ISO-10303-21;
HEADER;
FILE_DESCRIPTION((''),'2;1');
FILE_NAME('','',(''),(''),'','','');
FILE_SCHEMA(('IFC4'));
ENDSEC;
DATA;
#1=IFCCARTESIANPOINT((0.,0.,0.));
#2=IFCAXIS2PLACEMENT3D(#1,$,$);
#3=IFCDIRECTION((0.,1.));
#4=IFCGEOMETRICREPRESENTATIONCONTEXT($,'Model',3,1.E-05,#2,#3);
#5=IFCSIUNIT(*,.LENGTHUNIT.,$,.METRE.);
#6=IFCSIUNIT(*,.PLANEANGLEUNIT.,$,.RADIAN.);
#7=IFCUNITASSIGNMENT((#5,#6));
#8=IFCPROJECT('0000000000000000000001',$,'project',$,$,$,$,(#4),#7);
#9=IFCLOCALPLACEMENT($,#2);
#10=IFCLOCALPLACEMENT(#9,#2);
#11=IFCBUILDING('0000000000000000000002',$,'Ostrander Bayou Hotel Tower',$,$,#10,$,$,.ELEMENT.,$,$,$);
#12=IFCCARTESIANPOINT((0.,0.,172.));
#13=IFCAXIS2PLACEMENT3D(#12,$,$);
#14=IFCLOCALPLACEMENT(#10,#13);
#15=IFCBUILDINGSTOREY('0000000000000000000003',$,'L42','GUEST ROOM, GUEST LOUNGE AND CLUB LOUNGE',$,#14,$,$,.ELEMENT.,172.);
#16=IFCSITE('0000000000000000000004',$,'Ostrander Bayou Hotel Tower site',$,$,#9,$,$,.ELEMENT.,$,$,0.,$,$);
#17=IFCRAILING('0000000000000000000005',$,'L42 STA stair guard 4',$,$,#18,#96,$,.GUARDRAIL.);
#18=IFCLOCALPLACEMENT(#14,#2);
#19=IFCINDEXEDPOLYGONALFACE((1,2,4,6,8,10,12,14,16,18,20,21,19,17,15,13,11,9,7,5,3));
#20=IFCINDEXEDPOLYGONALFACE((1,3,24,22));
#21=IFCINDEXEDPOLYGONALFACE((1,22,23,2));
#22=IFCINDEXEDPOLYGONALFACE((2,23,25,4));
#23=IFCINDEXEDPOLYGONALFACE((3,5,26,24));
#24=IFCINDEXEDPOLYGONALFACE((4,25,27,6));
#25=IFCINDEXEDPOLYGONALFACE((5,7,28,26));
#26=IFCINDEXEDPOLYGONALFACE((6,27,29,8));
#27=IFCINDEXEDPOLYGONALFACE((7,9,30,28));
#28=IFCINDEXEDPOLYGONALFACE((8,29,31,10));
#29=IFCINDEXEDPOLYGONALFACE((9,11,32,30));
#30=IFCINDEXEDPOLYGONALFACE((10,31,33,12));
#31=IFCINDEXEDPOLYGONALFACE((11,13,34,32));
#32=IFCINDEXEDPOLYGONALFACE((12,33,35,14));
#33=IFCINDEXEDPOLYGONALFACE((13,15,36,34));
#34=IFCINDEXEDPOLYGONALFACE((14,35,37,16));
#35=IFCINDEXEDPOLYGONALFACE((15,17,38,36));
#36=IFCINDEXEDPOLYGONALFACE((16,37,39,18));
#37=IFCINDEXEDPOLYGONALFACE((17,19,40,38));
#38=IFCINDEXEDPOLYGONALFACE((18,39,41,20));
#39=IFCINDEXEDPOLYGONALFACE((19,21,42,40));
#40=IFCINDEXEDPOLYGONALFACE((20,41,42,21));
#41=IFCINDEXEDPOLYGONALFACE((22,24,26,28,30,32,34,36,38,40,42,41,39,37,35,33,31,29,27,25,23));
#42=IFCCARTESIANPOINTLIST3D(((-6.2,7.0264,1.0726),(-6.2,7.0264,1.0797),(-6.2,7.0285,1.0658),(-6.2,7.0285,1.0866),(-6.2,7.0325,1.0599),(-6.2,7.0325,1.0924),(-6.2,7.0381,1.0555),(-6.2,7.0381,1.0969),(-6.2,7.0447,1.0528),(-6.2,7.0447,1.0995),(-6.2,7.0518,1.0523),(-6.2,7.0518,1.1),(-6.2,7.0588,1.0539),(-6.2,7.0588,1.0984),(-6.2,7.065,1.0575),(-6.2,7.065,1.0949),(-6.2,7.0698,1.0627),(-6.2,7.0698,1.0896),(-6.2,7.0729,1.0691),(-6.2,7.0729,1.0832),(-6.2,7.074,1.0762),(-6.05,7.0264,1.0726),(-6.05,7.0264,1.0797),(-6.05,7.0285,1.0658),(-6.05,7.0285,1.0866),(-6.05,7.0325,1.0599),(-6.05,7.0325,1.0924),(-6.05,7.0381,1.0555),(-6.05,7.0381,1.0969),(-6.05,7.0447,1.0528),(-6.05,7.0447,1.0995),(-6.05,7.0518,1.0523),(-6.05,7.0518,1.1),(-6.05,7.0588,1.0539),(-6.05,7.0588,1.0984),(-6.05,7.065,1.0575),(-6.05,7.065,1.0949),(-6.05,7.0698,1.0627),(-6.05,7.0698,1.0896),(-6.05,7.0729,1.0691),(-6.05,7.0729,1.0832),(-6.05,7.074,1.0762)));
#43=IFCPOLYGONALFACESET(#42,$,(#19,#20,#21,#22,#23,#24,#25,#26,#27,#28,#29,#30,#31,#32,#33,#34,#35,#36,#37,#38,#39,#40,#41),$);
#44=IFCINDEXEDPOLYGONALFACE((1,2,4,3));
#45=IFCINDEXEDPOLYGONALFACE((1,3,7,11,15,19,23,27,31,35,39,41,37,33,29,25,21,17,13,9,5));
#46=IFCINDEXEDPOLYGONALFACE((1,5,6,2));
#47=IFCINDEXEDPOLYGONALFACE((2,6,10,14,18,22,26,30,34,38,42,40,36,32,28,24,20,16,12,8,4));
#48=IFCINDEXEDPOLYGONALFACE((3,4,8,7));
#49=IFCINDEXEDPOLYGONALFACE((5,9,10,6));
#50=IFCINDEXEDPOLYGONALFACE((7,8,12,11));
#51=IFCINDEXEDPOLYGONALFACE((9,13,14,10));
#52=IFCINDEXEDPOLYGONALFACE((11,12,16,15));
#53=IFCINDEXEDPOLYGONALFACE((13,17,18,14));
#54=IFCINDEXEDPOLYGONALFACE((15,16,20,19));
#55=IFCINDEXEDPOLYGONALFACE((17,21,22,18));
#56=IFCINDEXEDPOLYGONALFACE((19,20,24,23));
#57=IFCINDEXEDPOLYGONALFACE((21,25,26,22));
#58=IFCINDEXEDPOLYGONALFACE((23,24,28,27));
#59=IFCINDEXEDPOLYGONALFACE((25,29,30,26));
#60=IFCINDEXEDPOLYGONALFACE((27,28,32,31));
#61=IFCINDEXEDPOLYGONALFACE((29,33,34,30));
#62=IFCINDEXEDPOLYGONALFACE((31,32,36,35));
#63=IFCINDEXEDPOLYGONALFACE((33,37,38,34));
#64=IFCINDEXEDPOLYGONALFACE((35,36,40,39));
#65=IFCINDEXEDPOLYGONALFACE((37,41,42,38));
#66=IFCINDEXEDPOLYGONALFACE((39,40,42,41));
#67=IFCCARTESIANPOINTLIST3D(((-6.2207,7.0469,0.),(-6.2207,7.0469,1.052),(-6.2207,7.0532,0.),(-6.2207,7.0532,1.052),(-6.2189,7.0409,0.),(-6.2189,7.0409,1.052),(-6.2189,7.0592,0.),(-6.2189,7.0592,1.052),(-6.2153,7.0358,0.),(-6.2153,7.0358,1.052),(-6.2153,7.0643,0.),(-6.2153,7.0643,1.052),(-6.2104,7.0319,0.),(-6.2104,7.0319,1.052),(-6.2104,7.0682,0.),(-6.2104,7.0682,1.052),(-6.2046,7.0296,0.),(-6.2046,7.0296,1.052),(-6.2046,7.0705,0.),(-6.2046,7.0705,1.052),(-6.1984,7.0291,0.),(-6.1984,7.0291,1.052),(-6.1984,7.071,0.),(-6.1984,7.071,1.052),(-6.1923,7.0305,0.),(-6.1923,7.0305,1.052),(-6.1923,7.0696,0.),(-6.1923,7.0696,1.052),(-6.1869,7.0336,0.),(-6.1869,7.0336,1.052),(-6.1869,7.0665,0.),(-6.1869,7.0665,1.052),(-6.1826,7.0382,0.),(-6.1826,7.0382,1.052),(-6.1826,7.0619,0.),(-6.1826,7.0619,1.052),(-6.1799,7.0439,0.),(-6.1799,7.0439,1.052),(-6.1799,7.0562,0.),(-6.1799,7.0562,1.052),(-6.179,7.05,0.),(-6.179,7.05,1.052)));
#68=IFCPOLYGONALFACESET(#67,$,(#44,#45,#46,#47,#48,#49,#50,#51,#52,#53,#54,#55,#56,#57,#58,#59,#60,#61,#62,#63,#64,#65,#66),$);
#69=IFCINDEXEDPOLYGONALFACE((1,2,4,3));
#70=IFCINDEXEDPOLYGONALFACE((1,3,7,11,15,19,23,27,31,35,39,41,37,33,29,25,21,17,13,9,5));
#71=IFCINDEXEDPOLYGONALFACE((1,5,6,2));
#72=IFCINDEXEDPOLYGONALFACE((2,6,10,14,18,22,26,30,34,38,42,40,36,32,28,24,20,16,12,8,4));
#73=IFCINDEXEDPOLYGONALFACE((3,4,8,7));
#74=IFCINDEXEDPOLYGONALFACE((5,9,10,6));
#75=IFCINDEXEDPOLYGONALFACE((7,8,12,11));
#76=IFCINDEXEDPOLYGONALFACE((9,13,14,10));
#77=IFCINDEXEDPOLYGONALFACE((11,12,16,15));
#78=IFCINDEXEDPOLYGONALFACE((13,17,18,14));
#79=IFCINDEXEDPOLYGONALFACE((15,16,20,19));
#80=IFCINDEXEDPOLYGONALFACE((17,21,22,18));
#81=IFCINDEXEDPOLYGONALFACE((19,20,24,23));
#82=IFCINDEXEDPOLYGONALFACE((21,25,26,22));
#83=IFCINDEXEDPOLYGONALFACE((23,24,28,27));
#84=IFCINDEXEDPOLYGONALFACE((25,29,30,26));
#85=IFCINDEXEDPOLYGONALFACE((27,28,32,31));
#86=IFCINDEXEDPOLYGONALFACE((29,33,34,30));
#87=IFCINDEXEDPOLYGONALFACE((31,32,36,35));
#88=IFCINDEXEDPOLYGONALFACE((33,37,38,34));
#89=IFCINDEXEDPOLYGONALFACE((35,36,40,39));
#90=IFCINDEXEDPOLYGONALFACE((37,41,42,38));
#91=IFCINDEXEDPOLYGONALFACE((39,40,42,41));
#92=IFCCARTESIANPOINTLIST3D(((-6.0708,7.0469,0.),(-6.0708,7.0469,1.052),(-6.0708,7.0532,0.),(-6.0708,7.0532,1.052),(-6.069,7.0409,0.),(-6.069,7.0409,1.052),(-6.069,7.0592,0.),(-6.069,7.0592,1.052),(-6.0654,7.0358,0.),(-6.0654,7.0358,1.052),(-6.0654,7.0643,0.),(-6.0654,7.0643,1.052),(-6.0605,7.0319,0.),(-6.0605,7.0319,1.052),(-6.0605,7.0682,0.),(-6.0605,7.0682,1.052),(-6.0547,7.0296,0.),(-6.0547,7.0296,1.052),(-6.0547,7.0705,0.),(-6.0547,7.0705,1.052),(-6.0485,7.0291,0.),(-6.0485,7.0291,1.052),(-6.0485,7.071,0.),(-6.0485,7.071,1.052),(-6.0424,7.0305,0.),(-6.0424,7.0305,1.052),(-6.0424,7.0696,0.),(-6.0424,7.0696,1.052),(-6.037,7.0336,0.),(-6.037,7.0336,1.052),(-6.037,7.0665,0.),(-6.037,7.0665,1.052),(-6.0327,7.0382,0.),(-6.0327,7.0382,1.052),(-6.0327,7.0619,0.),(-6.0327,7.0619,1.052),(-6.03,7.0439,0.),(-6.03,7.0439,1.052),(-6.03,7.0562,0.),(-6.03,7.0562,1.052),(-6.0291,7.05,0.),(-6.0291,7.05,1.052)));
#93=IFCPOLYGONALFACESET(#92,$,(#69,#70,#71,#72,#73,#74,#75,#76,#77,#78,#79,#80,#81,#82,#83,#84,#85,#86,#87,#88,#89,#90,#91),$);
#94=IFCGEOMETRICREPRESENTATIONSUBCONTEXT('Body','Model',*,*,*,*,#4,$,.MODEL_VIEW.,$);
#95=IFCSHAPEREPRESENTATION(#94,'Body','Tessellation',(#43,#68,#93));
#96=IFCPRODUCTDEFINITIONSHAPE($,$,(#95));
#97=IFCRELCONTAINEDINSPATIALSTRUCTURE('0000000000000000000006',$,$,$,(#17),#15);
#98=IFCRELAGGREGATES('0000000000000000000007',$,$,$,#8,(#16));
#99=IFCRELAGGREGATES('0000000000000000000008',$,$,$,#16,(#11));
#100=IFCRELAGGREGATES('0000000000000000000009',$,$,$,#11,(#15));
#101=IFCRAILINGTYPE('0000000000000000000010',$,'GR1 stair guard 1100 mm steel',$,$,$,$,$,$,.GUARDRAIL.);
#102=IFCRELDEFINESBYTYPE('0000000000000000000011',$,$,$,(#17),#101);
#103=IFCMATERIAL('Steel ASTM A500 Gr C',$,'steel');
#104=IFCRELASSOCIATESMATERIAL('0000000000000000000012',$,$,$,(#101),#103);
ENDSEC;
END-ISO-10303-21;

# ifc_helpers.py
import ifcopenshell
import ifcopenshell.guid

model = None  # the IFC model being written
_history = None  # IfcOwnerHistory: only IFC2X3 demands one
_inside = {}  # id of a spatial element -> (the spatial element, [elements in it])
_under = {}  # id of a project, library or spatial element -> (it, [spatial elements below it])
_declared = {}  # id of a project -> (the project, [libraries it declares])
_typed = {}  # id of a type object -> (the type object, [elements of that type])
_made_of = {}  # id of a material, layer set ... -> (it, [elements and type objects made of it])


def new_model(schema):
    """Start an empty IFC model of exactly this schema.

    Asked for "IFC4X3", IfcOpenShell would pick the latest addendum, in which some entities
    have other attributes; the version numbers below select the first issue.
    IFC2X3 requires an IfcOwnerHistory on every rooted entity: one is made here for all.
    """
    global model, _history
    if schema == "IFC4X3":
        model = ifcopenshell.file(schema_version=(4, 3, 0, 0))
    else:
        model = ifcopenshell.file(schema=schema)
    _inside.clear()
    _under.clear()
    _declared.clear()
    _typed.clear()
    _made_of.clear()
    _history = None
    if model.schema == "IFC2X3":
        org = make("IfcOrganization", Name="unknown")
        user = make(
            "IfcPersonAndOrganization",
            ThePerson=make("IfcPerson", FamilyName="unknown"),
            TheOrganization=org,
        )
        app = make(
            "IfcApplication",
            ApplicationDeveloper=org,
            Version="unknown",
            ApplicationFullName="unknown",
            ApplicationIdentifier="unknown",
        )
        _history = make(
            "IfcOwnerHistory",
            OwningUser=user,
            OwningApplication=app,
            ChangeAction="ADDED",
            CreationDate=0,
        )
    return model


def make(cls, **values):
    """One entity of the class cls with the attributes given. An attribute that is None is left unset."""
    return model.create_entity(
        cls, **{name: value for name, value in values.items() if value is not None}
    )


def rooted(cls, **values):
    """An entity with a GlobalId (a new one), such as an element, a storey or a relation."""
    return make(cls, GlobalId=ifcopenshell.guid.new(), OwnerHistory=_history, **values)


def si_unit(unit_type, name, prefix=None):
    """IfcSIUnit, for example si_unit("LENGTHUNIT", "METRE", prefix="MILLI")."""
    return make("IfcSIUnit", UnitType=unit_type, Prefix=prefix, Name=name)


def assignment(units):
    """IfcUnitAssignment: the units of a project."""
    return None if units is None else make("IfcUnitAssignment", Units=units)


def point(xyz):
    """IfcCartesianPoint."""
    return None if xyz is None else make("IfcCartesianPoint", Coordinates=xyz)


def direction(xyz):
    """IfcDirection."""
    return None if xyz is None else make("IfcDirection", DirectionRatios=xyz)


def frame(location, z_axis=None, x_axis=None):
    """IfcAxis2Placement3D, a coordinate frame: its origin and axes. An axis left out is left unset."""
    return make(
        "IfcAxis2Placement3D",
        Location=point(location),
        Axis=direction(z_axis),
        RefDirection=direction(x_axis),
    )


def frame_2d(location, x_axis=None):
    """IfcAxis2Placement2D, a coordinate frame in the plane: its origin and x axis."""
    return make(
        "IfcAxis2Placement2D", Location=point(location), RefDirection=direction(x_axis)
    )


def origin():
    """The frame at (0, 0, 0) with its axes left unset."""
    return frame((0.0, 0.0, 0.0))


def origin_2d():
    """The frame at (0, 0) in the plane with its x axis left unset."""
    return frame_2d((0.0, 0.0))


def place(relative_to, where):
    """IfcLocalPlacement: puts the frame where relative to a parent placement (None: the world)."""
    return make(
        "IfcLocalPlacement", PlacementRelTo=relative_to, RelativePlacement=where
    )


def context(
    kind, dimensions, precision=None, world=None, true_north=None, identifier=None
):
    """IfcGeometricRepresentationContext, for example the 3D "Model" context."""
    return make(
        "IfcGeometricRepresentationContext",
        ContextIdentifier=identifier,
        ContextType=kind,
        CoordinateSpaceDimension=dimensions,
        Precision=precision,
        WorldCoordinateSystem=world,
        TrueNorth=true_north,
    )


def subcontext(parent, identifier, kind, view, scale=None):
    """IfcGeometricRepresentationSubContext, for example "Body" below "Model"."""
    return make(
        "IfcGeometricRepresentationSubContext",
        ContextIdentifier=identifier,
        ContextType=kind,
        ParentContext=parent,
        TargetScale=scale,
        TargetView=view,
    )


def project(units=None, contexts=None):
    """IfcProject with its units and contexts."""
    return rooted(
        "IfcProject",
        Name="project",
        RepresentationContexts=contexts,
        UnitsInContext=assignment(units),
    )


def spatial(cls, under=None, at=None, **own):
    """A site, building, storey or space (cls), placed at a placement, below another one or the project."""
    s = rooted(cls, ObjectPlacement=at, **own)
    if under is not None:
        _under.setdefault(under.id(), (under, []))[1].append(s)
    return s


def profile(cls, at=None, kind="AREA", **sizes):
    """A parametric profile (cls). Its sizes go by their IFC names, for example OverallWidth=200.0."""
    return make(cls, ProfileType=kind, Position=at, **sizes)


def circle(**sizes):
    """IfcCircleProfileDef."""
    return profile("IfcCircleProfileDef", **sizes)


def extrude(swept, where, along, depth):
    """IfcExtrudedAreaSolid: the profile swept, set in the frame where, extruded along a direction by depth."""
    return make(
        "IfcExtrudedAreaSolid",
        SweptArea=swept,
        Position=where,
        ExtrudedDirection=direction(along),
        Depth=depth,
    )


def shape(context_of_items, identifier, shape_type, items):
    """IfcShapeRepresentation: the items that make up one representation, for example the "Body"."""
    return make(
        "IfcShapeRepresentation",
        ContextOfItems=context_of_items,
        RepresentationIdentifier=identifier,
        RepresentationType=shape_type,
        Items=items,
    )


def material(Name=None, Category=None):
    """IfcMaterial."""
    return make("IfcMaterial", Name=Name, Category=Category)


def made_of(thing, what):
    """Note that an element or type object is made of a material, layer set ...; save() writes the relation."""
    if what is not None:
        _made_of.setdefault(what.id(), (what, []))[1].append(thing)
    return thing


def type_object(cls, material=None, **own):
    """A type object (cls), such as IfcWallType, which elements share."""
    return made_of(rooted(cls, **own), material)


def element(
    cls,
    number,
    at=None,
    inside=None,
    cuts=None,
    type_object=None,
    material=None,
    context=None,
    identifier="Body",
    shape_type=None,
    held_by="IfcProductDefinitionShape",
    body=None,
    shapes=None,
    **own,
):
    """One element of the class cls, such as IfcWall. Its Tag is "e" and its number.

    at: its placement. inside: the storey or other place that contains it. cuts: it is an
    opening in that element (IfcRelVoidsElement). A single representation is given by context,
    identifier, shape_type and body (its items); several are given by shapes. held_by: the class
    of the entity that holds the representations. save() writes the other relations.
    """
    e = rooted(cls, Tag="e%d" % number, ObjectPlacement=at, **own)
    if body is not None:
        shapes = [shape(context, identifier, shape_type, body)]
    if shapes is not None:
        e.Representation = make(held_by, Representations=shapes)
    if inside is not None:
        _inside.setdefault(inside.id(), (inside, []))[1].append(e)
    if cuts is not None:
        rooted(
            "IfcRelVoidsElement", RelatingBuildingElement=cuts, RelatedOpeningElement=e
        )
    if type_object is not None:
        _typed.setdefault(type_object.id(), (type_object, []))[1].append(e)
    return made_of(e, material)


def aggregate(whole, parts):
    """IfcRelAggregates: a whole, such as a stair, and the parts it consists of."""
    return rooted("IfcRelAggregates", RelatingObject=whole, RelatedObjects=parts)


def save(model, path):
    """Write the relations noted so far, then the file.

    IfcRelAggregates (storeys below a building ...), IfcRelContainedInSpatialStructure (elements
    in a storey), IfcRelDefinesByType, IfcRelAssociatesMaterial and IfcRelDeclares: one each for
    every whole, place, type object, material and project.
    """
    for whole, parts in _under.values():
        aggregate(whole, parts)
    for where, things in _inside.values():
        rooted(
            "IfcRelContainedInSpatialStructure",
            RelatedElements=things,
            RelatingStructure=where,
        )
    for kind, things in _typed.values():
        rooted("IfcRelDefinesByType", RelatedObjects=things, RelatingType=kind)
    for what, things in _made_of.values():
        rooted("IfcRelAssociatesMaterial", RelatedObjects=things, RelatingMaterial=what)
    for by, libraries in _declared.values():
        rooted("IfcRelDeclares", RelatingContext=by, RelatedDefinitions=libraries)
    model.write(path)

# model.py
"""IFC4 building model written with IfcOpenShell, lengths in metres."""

from ifc_helpers import new_model, si_unit, direction, frame, origin, origin_2d, place, context, subcontext, project, spatial, circle, extrude, material, type_object, element, save


model = new_model("IFC4")

# Units and contexts
model_context = context("Model", 3, precision=1e-05, world=origin(), true_north=direction((0.0, 1.0)))
body_context = subcontext(model_context, "Body", "Model", "MODEL_VIEW")
ifc_project = project(units=[si_unit("LENGTHUNIT", "METRE"), si_unit("PLANEANGLEUNIT", "RADIAN")], contexts=[model_context])

# Site, building, storey
site_placement = place(None, origin())
site = spatial("IfcSite", under=ifc_project, at=site_placement, Name="Ostrander Bayou Hotel Tower site", CompositionType="ELEMENT", RefElevation=0.0)
building_placement = place(site_placement, origin())
building = spatial("IfcBuilding", under=site, at=building_placement, Name="Ostrander Bayou Hotel Tower", CompositionType="ELEMENT")
storey_placement = place(building_placement, frame((0.0, 0.0, 172.0)))
storey = spatial("IfcBuildingStorey", under=building, at=storey_placement, Name="L42", Description="GUEST ROOM, GUEST LOUNGE AND CLUB LOUNGE", CompositionType="ELEMENT", Elevation=172.0)

# Railing
ifc_material_1 = material(Name="Steel ASTM A500 Gr C", Category="steel")
railing_type_1 = type_object("IfcRailingType", Name="GR1 stair guard 1100 mm steel", PredefinedType="GUARDRAIL", material=ifc_material_1)
railing_1_placement = place(storey_placement, frame((-6.2, 7.05, 0.0)))
element("IfcRailing", 1, at=railing_1_placement, inside=storey, type_object=railing_type_1, Name="L42 STA stair guard 4", PredefinedType="GUARDRAIL", context=body_context, shape_type="SweptSolid", body=[
    extrude(circle(Radius=0.0239, at=origin_2d()), frame((0.0, 0.0, 1.0762), z_axis=(1.0, 0.0, 0.0), x_axis=(0.0, 1.0, 0.0)), (0.0, 0.0, 1.0), 0.1499),
    extrude(circle(Radius=0.021, at=origin_2d()), origin(), (0.0, 0.0, 1.0), 1.052),
    extrude(circle(Radius=0.021, at=origin_2d()), frame((0.1499, 0.0, 0.0)), (0.0, 0.0, 1.0), 1.052),
])

save(model, "model.ifc")
